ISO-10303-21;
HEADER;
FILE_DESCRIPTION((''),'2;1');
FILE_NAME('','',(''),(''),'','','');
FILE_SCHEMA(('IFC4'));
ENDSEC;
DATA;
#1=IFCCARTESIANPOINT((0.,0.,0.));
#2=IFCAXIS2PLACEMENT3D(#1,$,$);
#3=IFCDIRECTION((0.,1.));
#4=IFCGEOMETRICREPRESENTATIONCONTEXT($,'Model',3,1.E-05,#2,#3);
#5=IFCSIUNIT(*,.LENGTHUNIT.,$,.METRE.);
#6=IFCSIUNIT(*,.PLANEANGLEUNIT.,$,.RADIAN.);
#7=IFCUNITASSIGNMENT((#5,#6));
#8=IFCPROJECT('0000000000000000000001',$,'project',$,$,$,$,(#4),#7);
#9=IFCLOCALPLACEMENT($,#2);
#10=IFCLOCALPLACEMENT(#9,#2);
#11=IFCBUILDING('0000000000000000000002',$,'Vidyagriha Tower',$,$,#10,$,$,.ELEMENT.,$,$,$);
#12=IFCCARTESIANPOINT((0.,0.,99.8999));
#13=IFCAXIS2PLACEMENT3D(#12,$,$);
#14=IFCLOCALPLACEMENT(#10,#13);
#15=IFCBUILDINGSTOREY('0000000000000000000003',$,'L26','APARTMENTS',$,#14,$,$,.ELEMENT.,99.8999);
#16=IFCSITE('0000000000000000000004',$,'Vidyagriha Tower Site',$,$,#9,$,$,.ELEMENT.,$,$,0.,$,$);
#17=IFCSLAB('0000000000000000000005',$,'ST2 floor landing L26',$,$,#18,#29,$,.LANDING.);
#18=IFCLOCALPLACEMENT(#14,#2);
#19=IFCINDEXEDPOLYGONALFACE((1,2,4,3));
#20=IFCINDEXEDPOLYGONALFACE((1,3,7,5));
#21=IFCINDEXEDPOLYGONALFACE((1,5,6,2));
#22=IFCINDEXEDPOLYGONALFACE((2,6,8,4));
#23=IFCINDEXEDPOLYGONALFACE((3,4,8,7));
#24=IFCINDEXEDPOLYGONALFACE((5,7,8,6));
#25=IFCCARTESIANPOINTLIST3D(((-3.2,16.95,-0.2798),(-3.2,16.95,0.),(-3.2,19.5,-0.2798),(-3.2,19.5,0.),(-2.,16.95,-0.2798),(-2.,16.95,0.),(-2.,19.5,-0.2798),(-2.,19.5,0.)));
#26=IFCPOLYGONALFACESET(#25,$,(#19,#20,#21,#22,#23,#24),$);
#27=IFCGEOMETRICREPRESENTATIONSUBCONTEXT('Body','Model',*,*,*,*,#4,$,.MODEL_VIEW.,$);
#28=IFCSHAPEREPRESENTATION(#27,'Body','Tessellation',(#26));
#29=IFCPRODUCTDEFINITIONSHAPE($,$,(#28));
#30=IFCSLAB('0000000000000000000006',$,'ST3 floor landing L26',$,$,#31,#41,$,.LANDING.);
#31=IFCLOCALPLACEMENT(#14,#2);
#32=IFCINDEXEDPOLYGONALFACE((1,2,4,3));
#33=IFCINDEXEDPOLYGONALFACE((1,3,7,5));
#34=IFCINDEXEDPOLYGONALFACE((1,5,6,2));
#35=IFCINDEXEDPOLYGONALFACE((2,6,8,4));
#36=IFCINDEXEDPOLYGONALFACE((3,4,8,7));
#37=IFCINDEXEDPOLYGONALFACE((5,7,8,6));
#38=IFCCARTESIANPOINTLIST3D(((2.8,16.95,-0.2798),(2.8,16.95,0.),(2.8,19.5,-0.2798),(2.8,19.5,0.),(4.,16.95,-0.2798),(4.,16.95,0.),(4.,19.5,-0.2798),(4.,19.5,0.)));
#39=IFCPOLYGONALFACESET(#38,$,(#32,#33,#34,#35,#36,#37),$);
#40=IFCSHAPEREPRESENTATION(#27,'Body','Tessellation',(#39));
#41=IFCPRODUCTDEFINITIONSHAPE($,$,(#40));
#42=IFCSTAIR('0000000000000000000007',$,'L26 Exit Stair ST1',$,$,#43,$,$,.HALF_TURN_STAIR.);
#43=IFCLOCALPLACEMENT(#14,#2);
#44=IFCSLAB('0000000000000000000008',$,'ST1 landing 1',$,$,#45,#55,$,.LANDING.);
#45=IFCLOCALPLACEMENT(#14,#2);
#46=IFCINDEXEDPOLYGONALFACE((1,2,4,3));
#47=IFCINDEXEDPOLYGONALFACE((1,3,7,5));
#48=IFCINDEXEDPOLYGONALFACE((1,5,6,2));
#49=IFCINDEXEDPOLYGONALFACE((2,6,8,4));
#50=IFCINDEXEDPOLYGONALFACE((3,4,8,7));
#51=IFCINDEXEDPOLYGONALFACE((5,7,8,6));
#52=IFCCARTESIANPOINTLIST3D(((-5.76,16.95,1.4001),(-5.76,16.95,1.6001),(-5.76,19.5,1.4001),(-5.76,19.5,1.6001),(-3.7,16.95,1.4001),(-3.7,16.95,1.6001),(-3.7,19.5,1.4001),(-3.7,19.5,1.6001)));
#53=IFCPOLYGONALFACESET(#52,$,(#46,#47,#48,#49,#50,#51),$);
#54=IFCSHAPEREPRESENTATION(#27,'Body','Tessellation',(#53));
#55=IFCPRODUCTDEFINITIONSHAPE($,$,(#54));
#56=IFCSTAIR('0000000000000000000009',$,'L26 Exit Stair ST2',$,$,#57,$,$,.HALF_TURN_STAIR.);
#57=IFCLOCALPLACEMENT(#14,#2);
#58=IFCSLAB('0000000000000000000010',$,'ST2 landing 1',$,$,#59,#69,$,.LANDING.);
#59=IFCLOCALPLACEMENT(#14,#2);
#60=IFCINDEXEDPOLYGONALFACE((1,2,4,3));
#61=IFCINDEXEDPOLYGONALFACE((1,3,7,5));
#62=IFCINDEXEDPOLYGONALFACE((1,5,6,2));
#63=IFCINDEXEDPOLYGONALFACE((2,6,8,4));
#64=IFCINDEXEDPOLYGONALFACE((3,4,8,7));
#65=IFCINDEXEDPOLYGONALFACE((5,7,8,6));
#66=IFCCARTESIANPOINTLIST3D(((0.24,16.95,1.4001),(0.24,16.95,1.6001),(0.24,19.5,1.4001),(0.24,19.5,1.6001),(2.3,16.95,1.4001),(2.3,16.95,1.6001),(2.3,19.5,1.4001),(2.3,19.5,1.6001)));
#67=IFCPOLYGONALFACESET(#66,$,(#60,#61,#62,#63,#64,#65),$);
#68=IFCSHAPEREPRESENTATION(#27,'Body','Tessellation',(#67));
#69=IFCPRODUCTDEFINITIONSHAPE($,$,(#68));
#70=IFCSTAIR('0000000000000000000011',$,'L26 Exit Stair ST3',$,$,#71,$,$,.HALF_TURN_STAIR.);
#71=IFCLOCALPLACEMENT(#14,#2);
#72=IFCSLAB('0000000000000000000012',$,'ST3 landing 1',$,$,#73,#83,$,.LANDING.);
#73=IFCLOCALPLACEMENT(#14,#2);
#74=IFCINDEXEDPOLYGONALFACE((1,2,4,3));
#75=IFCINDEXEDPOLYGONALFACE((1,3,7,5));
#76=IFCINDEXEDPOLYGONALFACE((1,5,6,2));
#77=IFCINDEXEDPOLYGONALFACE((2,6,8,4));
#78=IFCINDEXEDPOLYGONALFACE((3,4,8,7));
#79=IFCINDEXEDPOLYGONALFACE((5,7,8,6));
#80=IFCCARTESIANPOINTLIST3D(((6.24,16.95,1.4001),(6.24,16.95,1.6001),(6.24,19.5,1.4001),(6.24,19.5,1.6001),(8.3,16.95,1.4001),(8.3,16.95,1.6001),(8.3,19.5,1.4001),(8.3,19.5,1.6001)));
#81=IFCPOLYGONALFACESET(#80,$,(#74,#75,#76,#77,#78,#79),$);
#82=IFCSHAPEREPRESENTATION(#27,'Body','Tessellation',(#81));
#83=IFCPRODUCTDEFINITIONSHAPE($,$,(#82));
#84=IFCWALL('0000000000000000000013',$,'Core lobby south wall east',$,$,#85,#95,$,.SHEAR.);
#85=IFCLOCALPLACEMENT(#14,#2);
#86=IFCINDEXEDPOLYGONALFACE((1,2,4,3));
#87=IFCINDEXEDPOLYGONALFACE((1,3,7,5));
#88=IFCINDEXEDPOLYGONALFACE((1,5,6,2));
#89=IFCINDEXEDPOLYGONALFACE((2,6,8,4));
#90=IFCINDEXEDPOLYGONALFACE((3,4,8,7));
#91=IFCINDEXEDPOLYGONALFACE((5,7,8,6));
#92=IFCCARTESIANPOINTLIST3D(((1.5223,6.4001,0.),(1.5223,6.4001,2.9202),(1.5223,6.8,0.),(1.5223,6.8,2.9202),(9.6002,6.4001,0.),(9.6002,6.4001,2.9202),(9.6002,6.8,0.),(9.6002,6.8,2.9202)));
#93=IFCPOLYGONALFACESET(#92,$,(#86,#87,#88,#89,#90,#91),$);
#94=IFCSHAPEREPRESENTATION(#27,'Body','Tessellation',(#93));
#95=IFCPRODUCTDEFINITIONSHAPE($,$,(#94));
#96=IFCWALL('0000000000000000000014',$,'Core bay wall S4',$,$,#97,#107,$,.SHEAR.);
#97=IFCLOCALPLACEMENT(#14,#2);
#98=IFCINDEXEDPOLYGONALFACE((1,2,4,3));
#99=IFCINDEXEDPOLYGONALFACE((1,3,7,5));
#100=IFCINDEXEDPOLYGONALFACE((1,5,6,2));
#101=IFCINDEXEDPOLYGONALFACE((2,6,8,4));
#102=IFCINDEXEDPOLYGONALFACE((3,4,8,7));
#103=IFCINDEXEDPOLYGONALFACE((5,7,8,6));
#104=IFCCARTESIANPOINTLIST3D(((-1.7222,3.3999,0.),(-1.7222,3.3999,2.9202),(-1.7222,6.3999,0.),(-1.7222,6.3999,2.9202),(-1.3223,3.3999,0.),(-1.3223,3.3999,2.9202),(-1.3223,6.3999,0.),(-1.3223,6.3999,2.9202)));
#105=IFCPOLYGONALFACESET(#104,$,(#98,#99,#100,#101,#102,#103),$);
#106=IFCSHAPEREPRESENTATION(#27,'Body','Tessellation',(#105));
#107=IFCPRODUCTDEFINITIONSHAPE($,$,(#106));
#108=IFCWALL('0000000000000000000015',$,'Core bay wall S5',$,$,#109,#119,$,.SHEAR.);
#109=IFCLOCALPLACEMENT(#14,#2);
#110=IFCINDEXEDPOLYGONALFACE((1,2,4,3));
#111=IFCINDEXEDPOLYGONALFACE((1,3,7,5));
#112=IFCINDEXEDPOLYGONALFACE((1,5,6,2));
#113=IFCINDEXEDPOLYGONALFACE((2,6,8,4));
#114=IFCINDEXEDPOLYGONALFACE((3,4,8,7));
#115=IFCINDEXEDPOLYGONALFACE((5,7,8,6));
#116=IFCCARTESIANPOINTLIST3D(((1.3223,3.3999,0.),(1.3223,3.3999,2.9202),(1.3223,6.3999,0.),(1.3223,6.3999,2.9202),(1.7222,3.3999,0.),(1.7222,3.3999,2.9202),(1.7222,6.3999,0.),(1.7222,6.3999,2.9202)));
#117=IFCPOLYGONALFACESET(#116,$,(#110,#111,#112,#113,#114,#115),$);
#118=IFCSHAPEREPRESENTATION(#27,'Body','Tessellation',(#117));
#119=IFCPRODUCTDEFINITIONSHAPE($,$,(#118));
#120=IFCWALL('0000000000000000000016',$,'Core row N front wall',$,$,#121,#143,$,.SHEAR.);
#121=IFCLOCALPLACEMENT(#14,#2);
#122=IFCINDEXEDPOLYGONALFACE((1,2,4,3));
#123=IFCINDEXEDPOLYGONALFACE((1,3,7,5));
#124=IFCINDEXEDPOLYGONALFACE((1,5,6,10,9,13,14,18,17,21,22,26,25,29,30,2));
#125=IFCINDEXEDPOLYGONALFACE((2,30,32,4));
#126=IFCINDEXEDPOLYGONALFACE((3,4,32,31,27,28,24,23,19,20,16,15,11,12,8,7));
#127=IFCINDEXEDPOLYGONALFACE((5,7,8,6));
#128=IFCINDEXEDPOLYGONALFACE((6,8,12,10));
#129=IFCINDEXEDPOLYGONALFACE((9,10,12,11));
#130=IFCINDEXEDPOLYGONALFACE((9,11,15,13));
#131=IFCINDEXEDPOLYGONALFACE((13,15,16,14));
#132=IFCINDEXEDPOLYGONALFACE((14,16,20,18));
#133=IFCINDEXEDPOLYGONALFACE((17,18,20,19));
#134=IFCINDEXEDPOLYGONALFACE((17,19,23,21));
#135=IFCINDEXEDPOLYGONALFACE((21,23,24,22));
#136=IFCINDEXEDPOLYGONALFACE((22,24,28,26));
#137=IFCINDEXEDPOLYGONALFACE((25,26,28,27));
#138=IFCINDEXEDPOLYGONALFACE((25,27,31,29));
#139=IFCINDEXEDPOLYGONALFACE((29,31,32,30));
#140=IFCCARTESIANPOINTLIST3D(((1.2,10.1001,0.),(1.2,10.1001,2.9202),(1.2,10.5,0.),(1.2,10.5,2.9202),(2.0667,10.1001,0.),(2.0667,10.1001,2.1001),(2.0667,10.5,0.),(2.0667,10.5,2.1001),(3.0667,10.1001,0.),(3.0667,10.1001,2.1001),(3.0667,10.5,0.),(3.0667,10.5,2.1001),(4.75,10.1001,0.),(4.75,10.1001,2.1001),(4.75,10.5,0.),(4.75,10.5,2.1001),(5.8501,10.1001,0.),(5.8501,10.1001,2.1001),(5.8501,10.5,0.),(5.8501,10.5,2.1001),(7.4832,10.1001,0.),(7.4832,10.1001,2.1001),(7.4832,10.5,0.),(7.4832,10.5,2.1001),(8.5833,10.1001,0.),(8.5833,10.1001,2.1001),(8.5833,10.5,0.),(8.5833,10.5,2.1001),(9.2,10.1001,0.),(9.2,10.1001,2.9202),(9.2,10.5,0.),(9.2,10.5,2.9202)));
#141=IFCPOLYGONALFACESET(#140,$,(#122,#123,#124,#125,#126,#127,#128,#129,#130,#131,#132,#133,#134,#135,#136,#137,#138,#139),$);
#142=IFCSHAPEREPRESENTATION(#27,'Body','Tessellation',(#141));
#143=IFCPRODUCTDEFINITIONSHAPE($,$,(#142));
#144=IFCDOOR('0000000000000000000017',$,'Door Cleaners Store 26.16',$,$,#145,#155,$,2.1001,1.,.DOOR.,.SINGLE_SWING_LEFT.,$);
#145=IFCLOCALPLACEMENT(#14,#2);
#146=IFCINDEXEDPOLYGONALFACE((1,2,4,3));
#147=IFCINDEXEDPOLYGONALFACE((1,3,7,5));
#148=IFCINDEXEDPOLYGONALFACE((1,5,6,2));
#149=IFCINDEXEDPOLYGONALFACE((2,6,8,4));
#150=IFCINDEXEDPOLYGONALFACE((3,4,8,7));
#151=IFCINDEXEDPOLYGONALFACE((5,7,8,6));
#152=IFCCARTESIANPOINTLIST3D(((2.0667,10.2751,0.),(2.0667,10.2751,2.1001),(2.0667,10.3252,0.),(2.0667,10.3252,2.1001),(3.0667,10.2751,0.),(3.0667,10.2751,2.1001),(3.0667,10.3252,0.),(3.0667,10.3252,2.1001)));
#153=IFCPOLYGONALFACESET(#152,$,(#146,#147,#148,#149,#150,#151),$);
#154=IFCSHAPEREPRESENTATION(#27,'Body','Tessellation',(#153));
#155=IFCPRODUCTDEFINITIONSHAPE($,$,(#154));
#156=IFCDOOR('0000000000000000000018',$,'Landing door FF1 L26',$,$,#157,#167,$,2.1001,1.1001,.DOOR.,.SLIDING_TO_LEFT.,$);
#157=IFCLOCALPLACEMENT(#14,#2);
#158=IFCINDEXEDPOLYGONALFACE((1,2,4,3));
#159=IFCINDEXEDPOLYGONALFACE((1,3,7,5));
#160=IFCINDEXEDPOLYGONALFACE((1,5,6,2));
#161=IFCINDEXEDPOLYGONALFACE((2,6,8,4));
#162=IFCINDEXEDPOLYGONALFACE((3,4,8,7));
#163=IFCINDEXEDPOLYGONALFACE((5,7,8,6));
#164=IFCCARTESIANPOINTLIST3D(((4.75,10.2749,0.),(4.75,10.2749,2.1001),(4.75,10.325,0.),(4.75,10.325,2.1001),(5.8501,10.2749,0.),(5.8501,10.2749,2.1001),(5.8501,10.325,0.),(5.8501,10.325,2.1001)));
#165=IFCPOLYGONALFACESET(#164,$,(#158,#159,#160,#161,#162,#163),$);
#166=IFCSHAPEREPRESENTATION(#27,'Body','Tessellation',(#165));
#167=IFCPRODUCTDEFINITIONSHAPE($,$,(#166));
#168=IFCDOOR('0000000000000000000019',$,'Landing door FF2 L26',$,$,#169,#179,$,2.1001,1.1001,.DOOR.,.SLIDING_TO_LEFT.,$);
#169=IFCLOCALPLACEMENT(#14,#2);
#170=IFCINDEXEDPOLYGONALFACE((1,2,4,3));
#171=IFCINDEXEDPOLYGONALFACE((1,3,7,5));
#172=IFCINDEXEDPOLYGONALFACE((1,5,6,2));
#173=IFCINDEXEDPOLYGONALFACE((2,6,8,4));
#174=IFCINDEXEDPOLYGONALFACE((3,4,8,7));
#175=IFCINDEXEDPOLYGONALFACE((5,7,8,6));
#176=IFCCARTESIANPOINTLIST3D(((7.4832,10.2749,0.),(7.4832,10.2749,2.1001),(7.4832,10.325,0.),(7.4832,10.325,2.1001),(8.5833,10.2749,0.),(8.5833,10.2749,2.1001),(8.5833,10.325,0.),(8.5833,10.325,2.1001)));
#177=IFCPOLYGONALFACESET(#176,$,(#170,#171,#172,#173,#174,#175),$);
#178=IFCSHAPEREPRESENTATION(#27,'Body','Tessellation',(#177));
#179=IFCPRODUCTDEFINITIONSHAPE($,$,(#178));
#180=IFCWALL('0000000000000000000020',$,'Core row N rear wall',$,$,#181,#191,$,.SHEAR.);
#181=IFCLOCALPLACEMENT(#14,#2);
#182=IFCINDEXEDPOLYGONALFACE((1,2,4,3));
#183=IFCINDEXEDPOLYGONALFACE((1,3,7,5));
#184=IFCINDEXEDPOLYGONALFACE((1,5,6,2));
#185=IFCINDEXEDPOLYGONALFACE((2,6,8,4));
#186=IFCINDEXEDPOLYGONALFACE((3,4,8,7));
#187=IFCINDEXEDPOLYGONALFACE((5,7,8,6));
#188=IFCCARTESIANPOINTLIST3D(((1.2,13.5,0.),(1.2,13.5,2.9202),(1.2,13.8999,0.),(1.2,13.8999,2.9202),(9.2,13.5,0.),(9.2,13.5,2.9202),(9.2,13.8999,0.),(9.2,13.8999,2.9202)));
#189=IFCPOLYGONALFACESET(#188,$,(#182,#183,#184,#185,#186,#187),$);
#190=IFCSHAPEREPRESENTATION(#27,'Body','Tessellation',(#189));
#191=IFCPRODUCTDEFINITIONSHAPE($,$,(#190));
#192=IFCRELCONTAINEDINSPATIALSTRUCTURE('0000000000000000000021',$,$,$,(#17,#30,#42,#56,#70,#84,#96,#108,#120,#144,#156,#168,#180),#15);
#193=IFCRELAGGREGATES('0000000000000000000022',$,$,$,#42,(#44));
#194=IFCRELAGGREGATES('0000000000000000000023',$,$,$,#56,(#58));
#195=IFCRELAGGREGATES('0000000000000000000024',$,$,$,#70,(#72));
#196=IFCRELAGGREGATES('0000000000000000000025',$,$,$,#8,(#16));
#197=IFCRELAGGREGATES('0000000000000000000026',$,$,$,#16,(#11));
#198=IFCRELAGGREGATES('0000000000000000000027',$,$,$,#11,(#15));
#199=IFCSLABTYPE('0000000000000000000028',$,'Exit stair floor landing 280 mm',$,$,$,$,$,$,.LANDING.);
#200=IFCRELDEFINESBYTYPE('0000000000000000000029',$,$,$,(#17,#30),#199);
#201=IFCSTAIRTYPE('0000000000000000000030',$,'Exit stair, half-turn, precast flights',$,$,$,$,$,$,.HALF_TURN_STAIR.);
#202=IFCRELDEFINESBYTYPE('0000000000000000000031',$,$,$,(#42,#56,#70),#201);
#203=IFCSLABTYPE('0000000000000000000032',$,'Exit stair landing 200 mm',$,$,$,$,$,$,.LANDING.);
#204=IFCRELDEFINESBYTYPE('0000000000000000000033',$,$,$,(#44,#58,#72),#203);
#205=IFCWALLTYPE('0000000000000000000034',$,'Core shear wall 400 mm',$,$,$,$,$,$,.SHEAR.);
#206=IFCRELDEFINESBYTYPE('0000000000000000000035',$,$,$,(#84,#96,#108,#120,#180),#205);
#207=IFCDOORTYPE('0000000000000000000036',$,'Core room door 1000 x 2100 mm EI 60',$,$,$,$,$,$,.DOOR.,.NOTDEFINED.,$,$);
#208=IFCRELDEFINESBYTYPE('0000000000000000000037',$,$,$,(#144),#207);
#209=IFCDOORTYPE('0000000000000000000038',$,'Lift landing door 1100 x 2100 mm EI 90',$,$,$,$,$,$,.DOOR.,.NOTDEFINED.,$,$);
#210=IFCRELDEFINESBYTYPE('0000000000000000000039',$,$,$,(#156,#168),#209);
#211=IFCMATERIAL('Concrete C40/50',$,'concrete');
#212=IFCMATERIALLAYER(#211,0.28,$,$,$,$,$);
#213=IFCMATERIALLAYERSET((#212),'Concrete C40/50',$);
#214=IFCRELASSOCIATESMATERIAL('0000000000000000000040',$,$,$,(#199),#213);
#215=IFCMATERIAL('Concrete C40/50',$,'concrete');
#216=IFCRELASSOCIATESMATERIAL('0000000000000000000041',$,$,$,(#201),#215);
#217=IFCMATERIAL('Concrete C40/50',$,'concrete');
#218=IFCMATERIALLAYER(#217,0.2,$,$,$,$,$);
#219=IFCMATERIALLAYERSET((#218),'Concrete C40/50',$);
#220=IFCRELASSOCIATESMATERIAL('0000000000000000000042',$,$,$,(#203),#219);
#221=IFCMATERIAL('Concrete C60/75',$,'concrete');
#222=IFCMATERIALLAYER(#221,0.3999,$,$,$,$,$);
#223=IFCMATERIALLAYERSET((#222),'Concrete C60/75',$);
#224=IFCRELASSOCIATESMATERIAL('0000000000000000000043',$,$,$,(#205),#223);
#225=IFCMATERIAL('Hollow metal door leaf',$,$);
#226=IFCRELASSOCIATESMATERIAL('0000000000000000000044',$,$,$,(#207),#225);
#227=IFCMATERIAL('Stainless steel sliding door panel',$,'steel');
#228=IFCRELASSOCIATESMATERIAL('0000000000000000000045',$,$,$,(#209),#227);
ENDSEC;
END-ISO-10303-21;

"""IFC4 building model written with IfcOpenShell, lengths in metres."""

from ifc_helpers import new_model, si_unit, direction, frame, frame_2d, origin, place, context, subcontext, project, spatial, polyline, rectangle, outline, extrude, material, layer, layer_set, type_object, element, fill, aggregate, save


model = new_model("IFC4")

# Units and contexts
model_context = context("Model", 3, precision=1e-05, world=origin(), true_north=direction((0.0, 1.0)))
body_context = subcontext(model_context, "Body", "Model", "MODEL_VIEW")
ifc_project = project(units=[si_unit("LENGTHUNIT", "METRE"), si_unit("PLANEANGLEUNIT", "RADIAN")], contexts=[model_context])

# Site, building, storey
site_placement = place(None, origin())
site = spatial("IfcSite", under=ifc_project, at=site_placement, Name="Vidyagriha Tower Site", CompositionType="ELEMENT", RefElevation=0.0)
building_placement = place(site_placement, origin())
building = spatial("IfcBuilding", under=site, at=building_placement, Name="Vidyagriha Tower", CompositionType="ELEMENT")
storey_placement = place(building_placement, frame((0.0, 0.0, 99.8999)))
storey = spatial("IfcBuildingStorey", under=building, at=storey_placement, Name="L26", Description="APARTMENTS", CompositionType="ELEMENT", Elevation=99.8999)

# Slabs
ifc_material_1 = material(Name="Concrete C40/50", Category="concrete")
ifc_layer_1 = layer(ifc_material_1, 0.28)
ifc_layer_set_1 = layer_set([ifc_layer_1], Name="Concrete C40/50")
slab_type_1 = type_object("IfcSlabType", Name="Exit stair floor landing 280 mm", PredefinedType="LANDING", material=ifc_layer_set_1)
slab_1_placement = place(storey_placement, frame((0.0, 0.0, -0.2798)))
element("IfcSlab", 1, at=slab_1_placement, inside=storey, type_object=slab_type_1, Name="ST2 floor landing L26", PredefinedType="LANDING", context=body_context, shape_type="SweptSolid", body=[
    extrude(outline(polyline([(-3.2, 16.95), (-2.0, 16.95), (-2.0, 19.5), (-3.2, 19.5), (-3.2, 16.95)])), origin(), (0.0, 0.0, 1.0), 0.2798),
])
slab_2_placement = place(storey_placement, frame((0.0, 0.0, -0.2798)))
element("IfcSlab", 2, at=slab_2_placement, inside=storey, type_object=slab_type_1, Name="ST3 floor landing L26", PredefinedType="LANDING", context=body_context, shape_type="SweptSolid", body=[
    extrude(outline(polyline([(2.8, 16.95), (4.0, 16.95), (4.0, 19.5), (2.8, 19.5), (2.8, 16.95)])), origin(), (0.0, 0.0, 1.0), 0.2798),
])

# Stairs, slabs
ifc_material_2 = material(Name="Concrete C40/50", Category="concrete")
stair_type = type_object("IfcStairType", Name="Exit stair, half-turn, precast flights", PredefinedType="HALF_TURN_STAIR", material=ifc_material_2)
stair_1_placement = place(storey_placement, origin())
stair_1 = element("IfcStair", 3, at=stair_1_placement, inside=storey, type_object=stair_type, Name="L26 Exit Stair ST1", PredefinedType="HALF_TURN_STAIR")
ifc_material_3 = material(Name="Concrete C40/50", Category="concrete")
ifc_layer_2 = layer(ifc_material_3, 0.2)
ifc_layer_set_2 = layer_set([ifc_layer_2], Name="Concrete C40/50")
slab_type_2 = type_object("IfcSlabType", Name="Exit stair landing 200 mm", PredefinedType="LANDING", material=ifc_layer_set_2)
slab_3_placement = place(storey_placement, frame((0.0, 0.0, 1.4001)))
slab_3 = element("IfcSlab", 4, at=slab_3_placement, type_object=slab_type_2, Name="ST1 landing 1", PredefinedType="LANDING", context=body_context, shape_type="SweptSolid", body=[
    extrude(outline(polyline([(-5.76, 16.95), (-3.7, 16.95), (-3.7, 19.5), (-5.76, 19.5), (-5.76, 16.95)])), origin(), (0.0, 0.0, 1.0), 0.2),
])
aggregate(stair_1, [slab_3])
stair_2_placement = place(storey_placement, origin())
stair_2 = element("IfcStair", 5, at=stair_2_placement, inside=storey, type_object=stair_type, Name="L26 Exit Stair ST2", PredefinedType="HALF_TURN_STAIR")
slab_4_placement = place(storey_placement, frame((0.0, 0.0, 1.4001)))
slab_4 = element("IfcSlab", 6, at=slab_4_placement, type_object=slab_type_2, Name="ST2 landing 1", PredefinedType="LANDING", context=body_context, shape_type="SweptSolid", body=[
    extrude(outline(polyline([(0.24, 16.95), (2.3, 16.95), (2.3, 19.5), (0.24, 19.5), (0.24, 16.95)])), origin(), (0.0, 0.0, 1.0), 0.2),
])
aggregate(stair_2, [slab_4])
stair_3_placement = place(storey_placement, origin())
stair_3 = element("IfcStair", 7, at=stair_3_placement, inside=storey, type_object=stair_type, Name="L26 Exit Stair ST3", PredefinedType="HALF_TURN_STAIR")
slab_5_placement = place(storey_placement, frame((0.0, 0.0, 1.4001)))
slab_5 = element("IfcSlab", 8, at=slab_5_placement, type_object=slab_type_2, Name="ST3 landing 1", PredefinedType="LANDING", context=body_context, shape_type="SweptSolid", body=[
    extrude(outline(polyline([(6.24, 16.95), (8.3, 16.95), (8.3, 19.5), (6.24, 19.5), (6.24, 16.95)])), origin(), (0.0, 0.0, 1.0), 0.2),
])
aggregate(stair_3, [slab_5])

# Walls
ifc_material_4 = material(Name="Concrete C60/75", Category="concrete")
ifc_layer_3 = layer(ifc_material_4, 0.3999)
ifc_layer_set_3 = layer_set([ifc_layer_3], Name="Concrete C60/75")
wall_type = type_object("IfcWallType", Name="Core shear wall 400 mm", PredefinedType="SHEAR", material=ifc_layer_set_3)
wall_1_placement = place(storey_placement, frame((1.5222, 6.6001, 0.0)))
element("IfcWall", 9, at=wall_1_placement, inside=storey, type_object=wall_type, Name="Core lobby south wall east", PredefinedType="SHEAR", context=body_context, shape_type="SweptSolid", body=[
    extrude(rectangle(XDim=8.0779, YDim=0.3999, at=frame_2d((4.0391, 0.0))), origin(), (0.0, 0.0, 1.0), 2.9202),
])
for number, where, z_axis, x_axis, name in (
    (10, (-1.5222, 3.3999, 0.0), (0.0, 0.0, 1.0), (0.0, 1.0, 0.0), "Core bay wall S4"),
    (11, (1.5222, 3.3999, 0.0), (0.0, 0.0, 1.0), (0.0, 1.0, 0.0), "Core bay wall S5"),
):
    element("IfcWall", number, at=place(storey_placement, frame(where, z_axis=z_axis, x_axis=x_axis)), inside=storey, type_object=wall_type, Name=name, PredefinedType="SHEAR", context=body_context, shape_type="SweptSolid", body=[
        extrude(rectangle(XDim=3.0, YDim=0.3999, at=frame_2d((1.5, 0.0))), origin(), (0.0, 0.0, 1.0), 2.9202),
    ])

# Wall, openings, doors
wall_2_placement = place(storey_placement, frame((1.2, 10.3, 0.0)))
wall_2 = element("IfcWall", 12, at=wall_2_placement, inside=storey, type_object=wall_type, Name="Core row N front wall", PredefinedType="SHEAR", context=body_context, shape_type="SweptSolid", body=[
    extrude(rectangle(XDim=8.0, YDim=0.3999, at=frame_2d((4.0, 0.0))), origin(), (0.0, 0.0, 1.0), 2.9202),
])
opening_1_placement = place(wall_2_placement, frame((3.55, 0.0, 0.0)))
opening_1 = element("IfcOpeningElement", 13, at=opening_1_placement, cuts=wall_2, PredefinedType="OPENING", context=body_context, shape_type="SweptSolid", body=[
    extrude(rectangle(XDim=1.1001, YDim=2.1001, at=frame_2d((0.55, 1.05))), frame((0.0, 0.21, 0.0), z_axis=(0.0, -1.0, 0.0), x_axis=(1.0, 0.0, 0.0)), (0.0, 0.0, 1.0), 0.4199),
])
opening_2_placement = place(wall_2_placement, frame((6.2832, 0.0, 0.0)))
opening_2 = element("IfcOpeningElement", 14, at=opening_2_placement, cuts=wall_2, PredefinedType="OPENING", context=body_context, shape_type="SweptSolid", body=[
    extrude(rectangle(XDim=1.1001, YDim=2.1001, at=frame_2d((0.55, 1.05))), frame((0.0, 0.21, 0.0), z_axis=(0.0, -1.0, 0.0), x_axis=(1.0, 0.0, 0.0)), (0.0, 0.0, 1.0), 0.4199),
])
opening_3_placement = place(wall_2_placement, frame((0.8667, 0.0, 0.0)))
opening_3 = element("IfcOpeningElement", 15, at=opening_3_placement, cuts=wall_2, PredefinedType="OPENING", context=body_context, shape_type="SweptSolid", body=[
    extrude(rectangle(XDim=1.0, YDim=2.1001, at=frame_2d((0.5, 1.05))), frame((0.0, 0.21, 0.0), z_axis=(0.0, -1.0, 0.0), x_axis=(1.0, 0.0, 0.0)), (0.0, 0.0, 1.0), 0.4199),
])
ifc_material_5 = material(Name="Hollow metal door leaf")
door_type_1 = type_object("IfcDoorType", Name="Core room door 1000 x 2100 mm EI 60", OperationType="NOTDEFINED", PredefinedType="DOOR", material=ifc_material_5)
door_1_placement = place(opening_3_placement, frame((1.0, 0.0, 0.0), z_axis=(0.0, 0.0, 1.0), x_axis=(-1.0, 0.0, 0.0)))
door_1 = element("IfcDoor", 16, at=door_1_placement, inside=storey, type_object=door_type_1, Name="Door Cleaners Store 26.16", OperationType="SINGLE_SWING_LEFT", OverallHeight=2.1001, OverallWidth=1.0, PredefinedType="DOOR", context=body_context, shape_type="SweptSolid", body=[
    extrude(rectangle(XDim=1.0, YDim=2.1001, at=frame_2d((0.5, 1.05))), frame((0.0, 0.0249, 0.0), z_axis=(0.0, -1.0, 0.0), x_axis=(1.0, 0.0, 0.0)), (0.0, 0.0, 1.0), 0.05),
])
fill(opening_3, door_1)
ifc_material_6 = material(Name="Stainless steel sliding door panel", Category="steel")
door_type_2 = type_object("IfcDoorType", Name="Lift landing door 1100 x 2100 mm EI 90", OperationType="NOTDEFINED", PredefinedType="DOOR", material=ifc_material_6)
door_2_placement = place(opening_1_placement, origin())
door_2 = element("IfcDoor", 17, at=door_2_placement, inside=storey, type_object=door_type_2, Name="Landing door FF1 L26", OperationType="SLIDING_TO_LEFT", OverallHeight=2.1001, OverallWidth=1.1001, PredefinedType="DOOR", context=body_context, shape_type="SweptSolid", body=[
    extrude(rectangle(XDim=1.1001, YDim=2.1001, at=frame_2d((0.55, 1.05))), frame((0.0, 0.0249, 0.0), z_axis=(0.0, -1.0, 0.0), x_axis=(1.0, 0.0, 0.0)), (0.0, 0.0, 1.0), 0.05),
])
fill(opening_1, door_2)
door_3_placement = place(opening_2_placement, origin())
door_3 = element("IfcDoor", 18, at=door_3_placement, inside=storey, type_object=door_type_2, Name="Landing door FF2 L26", OperationType="SLIDING_TO_LEFT", OverallHeight=2.1001, OverallWidth=1.1001, PredefinedType="DOOR", context=body_context, shape_type="SweptSolid", body=[
    extrude(rectangle(XDim=1.1001, YDim=2.1001, at=frame_2d((0.55, 1.05))), frame((0.0, 0.0249, 0.0), z_axis=(0.0, -1.0, 0.0), x_axis=(1.0, 0.0, 0.0)), (0.0, 0.0, 1.0), 0.05),
])
fill(opening_2, door_3)

# Wall
wall_3_placement = place(storey_placement, frame((1.2, 13.7, 0.0)))
element("IfcWall", 19, at=wall_3_placement, inside=storey, type_object=wall_type, Name="Core row N rear wall", PredefinedType="SHEAR", context=body_context, shape_type="SweptSolid", body=[
    extrude(rectangle(XDim=8.0, YDim=0.3999, at=frame_2d((4.0, 0.0))), origin(), (0.0, 0.0, 1.0), 2.9202),
])

save(model, "model.ifc")
